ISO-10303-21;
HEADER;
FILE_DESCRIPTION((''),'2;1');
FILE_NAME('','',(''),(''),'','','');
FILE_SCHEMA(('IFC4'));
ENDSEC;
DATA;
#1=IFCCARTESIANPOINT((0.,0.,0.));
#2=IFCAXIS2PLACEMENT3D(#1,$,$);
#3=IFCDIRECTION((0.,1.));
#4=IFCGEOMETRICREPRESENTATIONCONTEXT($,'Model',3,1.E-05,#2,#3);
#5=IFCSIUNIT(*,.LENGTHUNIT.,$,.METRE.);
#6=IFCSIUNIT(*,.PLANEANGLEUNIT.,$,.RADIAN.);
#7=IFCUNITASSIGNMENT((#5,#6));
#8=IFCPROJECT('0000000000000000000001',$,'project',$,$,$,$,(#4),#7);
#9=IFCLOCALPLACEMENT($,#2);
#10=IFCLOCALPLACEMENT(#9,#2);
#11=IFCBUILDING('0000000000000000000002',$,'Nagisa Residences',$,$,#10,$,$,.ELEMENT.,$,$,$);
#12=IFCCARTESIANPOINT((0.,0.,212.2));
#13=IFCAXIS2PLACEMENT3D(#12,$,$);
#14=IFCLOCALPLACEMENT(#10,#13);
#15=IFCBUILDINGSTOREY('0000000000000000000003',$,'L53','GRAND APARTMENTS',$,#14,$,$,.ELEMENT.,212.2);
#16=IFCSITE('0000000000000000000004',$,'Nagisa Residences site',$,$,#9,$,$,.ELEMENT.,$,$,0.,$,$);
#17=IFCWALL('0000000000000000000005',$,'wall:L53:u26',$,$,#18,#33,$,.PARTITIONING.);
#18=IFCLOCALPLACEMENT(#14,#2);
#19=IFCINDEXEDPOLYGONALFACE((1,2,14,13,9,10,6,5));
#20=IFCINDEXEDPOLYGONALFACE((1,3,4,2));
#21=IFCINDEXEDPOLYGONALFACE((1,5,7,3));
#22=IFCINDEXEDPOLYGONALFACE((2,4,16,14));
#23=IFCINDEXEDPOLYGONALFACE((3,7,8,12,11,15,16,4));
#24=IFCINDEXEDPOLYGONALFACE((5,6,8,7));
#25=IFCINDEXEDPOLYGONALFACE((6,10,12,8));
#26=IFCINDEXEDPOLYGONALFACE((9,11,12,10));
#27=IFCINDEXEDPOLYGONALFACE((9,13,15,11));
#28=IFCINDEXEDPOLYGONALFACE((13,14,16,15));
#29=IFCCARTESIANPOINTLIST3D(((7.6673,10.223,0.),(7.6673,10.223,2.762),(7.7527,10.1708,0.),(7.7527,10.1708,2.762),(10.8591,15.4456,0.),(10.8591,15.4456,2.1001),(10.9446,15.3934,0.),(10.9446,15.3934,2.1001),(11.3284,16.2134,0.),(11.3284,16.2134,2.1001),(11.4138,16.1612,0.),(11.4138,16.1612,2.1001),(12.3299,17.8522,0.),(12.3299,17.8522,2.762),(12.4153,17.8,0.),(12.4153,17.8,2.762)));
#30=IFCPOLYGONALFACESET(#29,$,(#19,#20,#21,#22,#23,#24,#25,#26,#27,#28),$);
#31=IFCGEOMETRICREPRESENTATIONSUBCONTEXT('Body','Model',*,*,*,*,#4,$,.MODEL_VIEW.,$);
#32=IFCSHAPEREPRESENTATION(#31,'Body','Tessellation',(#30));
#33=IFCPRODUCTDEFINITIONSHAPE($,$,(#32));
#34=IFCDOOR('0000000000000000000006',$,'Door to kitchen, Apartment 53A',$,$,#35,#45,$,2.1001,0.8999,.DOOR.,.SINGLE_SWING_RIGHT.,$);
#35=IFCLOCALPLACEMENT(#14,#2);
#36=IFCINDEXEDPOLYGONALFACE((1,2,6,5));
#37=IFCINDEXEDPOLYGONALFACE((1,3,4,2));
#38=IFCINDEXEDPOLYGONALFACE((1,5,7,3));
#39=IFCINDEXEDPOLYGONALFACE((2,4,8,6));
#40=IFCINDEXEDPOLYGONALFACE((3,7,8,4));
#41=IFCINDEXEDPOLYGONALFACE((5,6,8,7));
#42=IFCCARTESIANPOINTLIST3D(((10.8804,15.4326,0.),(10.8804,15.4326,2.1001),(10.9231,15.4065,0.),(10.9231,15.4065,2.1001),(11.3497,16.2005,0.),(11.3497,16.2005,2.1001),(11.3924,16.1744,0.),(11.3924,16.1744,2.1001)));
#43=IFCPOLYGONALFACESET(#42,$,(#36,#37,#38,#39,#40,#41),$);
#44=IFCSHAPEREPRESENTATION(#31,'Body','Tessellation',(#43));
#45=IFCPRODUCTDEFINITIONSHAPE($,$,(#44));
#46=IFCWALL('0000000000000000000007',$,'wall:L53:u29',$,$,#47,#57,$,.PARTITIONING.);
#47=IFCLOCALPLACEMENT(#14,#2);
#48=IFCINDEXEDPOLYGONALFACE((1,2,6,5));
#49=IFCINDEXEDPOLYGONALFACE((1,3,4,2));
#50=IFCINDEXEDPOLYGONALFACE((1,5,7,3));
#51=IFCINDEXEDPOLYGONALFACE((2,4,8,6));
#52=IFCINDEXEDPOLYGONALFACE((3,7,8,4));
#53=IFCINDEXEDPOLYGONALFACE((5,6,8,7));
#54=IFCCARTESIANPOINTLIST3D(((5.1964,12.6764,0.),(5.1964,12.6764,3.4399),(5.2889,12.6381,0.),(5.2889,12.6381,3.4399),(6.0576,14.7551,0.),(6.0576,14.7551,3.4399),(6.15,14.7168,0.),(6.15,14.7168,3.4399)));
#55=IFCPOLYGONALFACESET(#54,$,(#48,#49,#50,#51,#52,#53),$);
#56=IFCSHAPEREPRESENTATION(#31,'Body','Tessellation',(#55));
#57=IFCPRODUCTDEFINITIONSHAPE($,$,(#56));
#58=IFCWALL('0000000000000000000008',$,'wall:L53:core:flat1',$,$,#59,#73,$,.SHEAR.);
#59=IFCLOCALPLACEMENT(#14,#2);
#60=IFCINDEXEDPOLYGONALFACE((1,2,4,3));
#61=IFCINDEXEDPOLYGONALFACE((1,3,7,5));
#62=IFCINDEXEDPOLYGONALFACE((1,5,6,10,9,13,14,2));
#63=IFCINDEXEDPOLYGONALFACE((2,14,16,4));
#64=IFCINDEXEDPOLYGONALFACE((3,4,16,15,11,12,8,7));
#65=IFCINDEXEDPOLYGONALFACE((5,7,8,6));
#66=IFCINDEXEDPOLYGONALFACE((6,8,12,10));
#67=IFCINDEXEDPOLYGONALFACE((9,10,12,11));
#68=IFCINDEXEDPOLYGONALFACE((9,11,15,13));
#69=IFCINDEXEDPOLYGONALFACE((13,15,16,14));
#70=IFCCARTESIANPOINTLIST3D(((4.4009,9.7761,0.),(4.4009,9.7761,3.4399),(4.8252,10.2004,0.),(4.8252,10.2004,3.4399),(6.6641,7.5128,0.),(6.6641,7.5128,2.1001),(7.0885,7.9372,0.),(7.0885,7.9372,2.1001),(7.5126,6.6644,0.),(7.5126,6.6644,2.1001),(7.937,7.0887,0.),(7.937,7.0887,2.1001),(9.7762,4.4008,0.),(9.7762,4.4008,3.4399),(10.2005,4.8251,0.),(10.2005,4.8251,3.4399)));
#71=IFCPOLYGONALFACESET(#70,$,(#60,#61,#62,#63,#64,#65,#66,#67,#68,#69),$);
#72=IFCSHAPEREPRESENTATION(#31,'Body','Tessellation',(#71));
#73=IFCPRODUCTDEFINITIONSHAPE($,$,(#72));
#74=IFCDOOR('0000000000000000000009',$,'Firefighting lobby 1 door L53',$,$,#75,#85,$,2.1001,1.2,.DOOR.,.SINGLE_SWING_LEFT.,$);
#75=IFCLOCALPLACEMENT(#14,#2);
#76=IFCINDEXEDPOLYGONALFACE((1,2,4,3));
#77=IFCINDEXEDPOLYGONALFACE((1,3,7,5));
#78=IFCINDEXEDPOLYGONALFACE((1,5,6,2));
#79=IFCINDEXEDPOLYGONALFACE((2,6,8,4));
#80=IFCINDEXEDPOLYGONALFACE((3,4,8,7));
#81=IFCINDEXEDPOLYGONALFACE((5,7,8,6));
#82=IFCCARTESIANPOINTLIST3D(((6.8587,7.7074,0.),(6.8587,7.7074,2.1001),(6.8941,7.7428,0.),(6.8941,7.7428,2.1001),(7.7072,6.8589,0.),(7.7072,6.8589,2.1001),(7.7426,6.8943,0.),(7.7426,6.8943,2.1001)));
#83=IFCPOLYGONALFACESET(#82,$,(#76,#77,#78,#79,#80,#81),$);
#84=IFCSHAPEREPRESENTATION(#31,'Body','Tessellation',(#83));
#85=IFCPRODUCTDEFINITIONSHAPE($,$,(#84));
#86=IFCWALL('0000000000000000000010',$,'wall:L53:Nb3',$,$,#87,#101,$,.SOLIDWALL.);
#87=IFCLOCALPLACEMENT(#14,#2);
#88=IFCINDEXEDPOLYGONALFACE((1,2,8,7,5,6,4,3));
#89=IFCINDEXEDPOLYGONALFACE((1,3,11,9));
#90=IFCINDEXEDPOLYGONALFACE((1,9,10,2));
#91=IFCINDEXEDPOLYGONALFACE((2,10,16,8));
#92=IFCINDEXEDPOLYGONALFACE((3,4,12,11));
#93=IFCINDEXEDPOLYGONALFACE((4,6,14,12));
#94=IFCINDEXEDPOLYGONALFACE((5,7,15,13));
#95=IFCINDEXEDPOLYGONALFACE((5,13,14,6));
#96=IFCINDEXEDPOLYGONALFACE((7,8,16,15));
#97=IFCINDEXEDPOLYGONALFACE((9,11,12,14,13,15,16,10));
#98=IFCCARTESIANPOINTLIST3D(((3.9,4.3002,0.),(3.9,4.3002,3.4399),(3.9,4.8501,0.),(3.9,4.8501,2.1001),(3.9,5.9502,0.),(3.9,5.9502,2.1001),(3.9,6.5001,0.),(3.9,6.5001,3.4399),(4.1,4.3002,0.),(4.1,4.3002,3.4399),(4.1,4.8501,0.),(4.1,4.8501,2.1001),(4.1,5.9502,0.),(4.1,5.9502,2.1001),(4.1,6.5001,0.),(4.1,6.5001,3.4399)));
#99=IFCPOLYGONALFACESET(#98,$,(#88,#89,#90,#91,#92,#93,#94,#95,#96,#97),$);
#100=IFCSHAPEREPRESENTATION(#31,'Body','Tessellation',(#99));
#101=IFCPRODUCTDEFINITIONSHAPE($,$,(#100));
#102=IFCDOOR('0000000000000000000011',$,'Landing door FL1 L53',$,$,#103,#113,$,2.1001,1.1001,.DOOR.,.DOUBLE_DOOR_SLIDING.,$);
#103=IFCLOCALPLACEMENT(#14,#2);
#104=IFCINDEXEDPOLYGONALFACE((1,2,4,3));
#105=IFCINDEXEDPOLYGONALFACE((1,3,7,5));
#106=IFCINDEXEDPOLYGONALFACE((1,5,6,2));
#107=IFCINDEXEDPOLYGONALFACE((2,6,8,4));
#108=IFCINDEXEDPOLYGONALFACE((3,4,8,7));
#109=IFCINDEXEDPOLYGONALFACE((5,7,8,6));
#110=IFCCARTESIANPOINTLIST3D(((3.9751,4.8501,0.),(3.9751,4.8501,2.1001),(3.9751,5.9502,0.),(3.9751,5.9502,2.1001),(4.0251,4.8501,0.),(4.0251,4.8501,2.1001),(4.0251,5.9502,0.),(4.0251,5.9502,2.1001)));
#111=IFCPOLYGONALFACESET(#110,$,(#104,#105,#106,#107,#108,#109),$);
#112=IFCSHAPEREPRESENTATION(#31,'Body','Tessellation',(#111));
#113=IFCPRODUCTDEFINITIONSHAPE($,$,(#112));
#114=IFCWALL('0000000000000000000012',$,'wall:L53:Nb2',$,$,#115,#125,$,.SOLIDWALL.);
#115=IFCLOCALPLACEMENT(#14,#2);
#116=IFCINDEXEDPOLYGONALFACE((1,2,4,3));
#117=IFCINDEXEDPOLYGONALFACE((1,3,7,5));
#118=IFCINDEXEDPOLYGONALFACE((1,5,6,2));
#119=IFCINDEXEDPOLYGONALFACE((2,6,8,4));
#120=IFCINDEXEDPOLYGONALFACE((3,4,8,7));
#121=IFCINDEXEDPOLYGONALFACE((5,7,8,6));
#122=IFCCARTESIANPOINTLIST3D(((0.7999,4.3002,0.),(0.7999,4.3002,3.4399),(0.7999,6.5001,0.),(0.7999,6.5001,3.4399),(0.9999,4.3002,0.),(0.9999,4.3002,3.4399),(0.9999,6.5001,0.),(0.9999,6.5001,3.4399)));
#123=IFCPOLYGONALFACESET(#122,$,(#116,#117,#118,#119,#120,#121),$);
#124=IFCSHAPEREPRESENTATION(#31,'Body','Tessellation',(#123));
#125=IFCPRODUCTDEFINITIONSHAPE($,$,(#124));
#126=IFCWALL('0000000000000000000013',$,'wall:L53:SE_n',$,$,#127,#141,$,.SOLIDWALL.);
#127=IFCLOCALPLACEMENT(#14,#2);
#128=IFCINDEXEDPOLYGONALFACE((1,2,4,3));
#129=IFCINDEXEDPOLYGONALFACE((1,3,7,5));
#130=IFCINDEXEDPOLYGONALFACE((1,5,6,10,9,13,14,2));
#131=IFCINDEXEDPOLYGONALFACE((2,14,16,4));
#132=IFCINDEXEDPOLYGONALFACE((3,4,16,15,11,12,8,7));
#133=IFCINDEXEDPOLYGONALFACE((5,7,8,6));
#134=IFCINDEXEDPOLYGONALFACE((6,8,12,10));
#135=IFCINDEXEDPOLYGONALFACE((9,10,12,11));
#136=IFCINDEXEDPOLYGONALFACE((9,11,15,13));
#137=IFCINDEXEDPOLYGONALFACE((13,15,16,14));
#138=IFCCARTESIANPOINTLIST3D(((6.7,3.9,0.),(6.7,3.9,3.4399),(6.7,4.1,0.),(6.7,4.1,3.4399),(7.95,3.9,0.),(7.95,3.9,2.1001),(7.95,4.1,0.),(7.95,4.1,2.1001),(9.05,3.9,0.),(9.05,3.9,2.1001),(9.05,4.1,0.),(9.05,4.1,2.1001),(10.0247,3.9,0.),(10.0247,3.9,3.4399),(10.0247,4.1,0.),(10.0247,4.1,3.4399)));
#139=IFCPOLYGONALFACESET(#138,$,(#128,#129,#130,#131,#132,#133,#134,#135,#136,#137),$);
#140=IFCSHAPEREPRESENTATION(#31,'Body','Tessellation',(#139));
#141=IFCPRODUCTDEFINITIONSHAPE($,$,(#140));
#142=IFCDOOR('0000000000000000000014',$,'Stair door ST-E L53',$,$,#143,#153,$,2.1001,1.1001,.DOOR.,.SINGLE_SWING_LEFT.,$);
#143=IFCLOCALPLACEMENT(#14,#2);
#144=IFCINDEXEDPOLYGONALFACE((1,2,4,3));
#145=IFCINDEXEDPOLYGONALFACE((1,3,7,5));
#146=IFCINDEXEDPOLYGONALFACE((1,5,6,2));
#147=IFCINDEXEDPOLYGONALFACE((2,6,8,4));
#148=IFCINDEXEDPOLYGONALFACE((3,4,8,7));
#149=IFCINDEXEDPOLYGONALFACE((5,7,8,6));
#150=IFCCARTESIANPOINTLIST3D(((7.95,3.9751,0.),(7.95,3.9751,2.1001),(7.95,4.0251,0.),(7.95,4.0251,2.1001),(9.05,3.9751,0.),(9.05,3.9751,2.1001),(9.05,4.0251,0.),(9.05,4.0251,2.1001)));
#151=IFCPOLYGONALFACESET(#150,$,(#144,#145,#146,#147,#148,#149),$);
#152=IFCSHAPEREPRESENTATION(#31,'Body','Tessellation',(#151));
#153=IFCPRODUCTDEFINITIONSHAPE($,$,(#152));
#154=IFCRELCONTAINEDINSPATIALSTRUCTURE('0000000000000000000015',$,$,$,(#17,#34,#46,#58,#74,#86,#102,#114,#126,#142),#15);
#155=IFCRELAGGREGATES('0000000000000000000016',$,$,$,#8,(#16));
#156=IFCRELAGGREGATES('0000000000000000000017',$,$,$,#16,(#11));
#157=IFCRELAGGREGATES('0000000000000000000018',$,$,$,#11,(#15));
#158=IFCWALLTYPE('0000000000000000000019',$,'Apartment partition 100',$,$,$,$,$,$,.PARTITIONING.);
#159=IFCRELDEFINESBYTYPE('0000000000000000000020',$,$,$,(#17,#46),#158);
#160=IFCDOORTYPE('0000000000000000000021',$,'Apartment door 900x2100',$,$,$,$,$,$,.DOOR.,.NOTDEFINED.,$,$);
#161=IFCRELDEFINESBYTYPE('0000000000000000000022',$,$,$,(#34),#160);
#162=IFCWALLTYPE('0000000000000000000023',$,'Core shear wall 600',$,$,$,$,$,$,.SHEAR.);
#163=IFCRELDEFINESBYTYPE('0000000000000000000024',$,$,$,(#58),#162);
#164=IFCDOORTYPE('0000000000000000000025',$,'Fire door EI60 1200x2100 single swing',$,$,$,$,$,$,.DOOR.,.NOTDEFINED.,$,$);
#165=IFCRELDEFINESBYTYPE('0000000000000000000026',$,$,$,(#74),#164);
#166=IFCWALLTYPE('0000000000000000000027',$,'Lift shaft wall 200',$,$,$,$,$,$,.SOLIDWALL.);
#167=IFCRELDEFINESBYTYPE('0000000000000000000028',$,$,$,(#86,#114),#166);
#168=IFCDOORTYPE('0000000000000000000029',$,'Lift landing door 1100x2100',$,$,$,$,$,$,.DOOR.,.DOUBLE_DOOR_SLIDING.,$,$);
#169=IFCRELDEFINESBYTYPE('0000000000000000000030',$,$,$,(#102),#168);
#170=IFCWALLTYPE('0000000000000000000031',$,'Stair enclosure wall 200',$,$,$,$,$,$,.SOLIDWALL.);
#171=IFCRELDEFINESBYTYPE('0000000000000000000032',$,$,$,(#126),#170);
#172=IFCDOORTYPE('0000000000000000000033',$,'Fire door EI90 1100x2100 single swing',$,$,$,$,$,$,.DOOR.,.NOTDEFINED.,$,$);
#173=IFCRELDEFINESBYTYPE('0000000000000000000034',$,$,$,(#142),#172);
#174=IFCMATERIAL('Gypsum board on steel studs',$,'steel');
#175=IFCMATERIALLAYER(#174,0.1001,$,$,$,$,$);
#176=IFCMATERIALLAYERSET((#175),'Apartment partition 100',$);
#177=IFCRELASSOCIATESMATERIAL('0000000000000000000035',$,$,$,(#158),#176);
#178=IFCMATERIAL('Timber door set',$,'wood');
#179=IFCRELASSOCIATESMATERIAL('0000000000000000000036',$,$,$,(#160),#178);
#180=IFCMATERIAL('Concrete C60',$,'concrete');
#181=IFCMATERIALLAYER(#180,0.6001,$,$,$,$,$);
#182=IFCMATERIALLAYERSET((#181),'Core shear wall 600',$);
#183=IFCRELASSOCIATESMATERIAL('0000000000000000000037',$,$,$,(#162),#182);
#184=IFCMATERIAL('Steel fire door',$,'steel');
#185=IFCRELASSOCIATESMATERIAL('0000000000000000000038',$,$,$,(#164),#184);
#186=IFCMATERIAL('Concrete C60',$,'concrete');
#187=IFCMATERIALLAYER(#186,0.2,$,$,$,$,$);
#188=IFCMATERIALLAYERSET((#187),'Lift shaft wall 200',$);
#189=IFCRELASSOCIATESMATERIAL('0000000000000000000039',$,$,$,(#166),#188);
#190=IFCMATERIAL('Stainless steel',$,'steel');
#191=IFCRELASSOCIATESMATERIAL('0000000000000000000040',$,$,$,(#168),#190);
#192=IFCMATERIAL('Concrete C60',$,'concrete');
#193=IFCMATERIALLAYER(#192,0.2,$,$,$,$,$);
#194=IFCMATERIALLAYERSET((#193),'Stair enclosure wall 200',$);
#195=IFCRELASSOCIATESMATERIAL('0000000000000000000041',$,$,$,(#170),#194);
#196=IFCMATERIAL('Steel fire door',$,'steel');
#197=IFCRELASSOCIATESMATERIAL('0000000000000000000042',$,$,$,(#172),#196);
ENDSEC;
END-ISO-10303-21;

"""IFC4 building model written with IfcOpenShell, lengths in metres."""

from ifc_helpers import new_model, si_unit, direction, frame, frame_2d, origin, place, context, subcontext, project, spatial, rectangle, extrude, material, layer, layer_set, type_object, element, fill, save


model = new_model("IFC4")

# Units and contexts
model_context = context("Model", 3, precision=1e-05, world=origin(), true_north=direction((0.0, 1.0)))
body_context = subcontext(model_context, "Body", "Model", "MODEL_VIEW")
ifc_project = project(units=[si_unit("LENGTHUNIT", "METRE"), si_unit("PLANEANGLEUNIT", "RADIAN")], contexts=[model_context])

# Site, building, storey
site_placement = place(None, origin())
site = spatial("IfcSite", under=ifc_project, at=site_placement, Name="Nagisa Residences site", CompositionType="ELEMENT", RefElevation=0.0)
building_placement = place(site_placement, origin())
building = spatial("IfcBuilding", under=site, at=building_placement, Name="Nagisa Residences", CompositionType="ELEMENT")
storey_placement = place(building_placement, frame((0.0, 0.0, 212.2)))
storey = spatial("IfcBuildingStorey", under=building, at=storey_placement, Name="L53", Description="GRAND APARTMENTS", CompositionType="ELEMENT", Elevation=212.2)

# Shared definitions
ifc_material_1 = material(Name="Gypsum board on steel studs", Category="steel")
ifc_layer_1 = layer(ifc_material_1, 0.1001)
ifc_layer_set_1 = layer_set([ifc_layer_1], Name="Apartment partition 100")
wall_type_1 = type_object("IfcWallType", Name="Apartment partition 100", PredefinedType="PARTITIONING", material=ifc_layer_set_1)
ifc_material_2 = material(Name="Timber door set", Category="wood")
door_type_1 = type_object("IfcDoorType", Name="Apartment door 900x2100", OperationType="NOTDEFINED", PredefinedType="DOOR", material=ifc_material_2)

# Wall, opening, door
wall_1_placement = place(storey_placement, frame((7.71, 10.1968, 0.0), z_axis=(0.0, 0.0, 1.0), x_axis=(0.521478, 0.853265, 0.0)))
wall_1 = element("IfcWall", 1, at=wall_1_placement, inside=storey, type_object=wall_type_1, Name="wall:L53:u26", PredefinedType="PARTITIONING", context=body_context, shape_type="SweptSolid", body=[
    extrude(rectangle(XDim=8.9412, YDim=0.1001, at=frame_2d((4.4707, 0.0))), origin(), (0.0, 0.0, 1.0), 2.762),
])
opening_1_placement = place(wall_1_placement, frame((6.1208, 0.0, 0.0)))
opening_1 = element("IfcOpeningElement", 2, at=opening_1_placement, cuts=wall_1, PredefinedType="OPENING", context=body_context, shape_type="SweptSolid", body=[
    extrude(rectangle(XDim=0.8999, YDim=2.1001, at=frame_2d((0.45, 1.05))), frame((0.0, 0.0601, 0.0), z_axis=(0.0, -1.0, 0.0), x_axis=(1.0, 0.0, 0.0)), (0.0, 0.0, 1.0), 0.1201),
])
door_1_placement = place(opening_1_placement, frame((0.8999, 0.0, 0.0), x_axis=(-1.0, 0.0, 0.0)))
door_1 = element("IfcDoor", 3, at=door_1_placement, inside=storey, type_object=door_type_1, Name="Door to kitchen, Apartment 53A", OperationType="SINGLE_SWING_RIGHT", OverallHeight=2.1001, OverallWidth=0.8999, PredefinedType="DOOR", context=body_context, shape_type="SweptSolid", body=[
    extrude(rectangle(XDim=0.8999, YDim=2.1001, at=frame_2d((0.45, 1.05))), frame((0.0, 0.0249, 0.0), z_axis=(0.0, -1.0, 0.0), x_axis=(1.0, 0.0, 0.0)), (0.0, 0.0, 1.0), 0.05),
])
fill(opening_1, door_1)

# Wall
wall_2_placement = place(storey_placement, frame((5.2427, 12.6572, 0.0), z_axis=(0.0, 0.0, 1.0), x_axis=(0.382719, 0.923865, 0.0)))
element("IfcWall", 4, at=wall_2_placement, inside=storey, type_object=wall_type_1, Name="wall:L53:u29", PredefinedType="PARTITIONING", context=body_context, shape_type="SweptSolid", body=[
    extrude(rectangle(XDim=2.25, YDim=0.1001, at=frame_2d((1.125, 0.0))), origin(), (0.0, 0.0, 1.0), 3.4399),
])

# Walls, openings, doors
ifc_material_3 = material(Name="Concrete C60", Category="concrete")
ifc_layer_2 = layer(ifc_material_3, 0.6001)
ifc_layer_set_2 = layer_set([ifc_layer_2], Name="Core shear wall 600")
wall_type_2 = type_object("IfcWallType", Name="Core shear wall 600", PredefinedType="SHEAR", material=ifc_layer_set_2)
wall_3_placement = place(storey_placement, frame((9.9883, 4.613, 0.0), z_axis=(0.0, 0.0, 1.0), x_axis=(-0.707107, 0.707107, 0.0)))
wall_3 = element("IfcWall", 5, at=wall_3_placement, inside=storey, type_object=wall_type_2, Name="wall:L53:core:flat1", PredefinedType="SHEAR", context=body_context, shape_type="SweptSolid", body=[
    extrude(rectangle(XDim=7.6018, YDim=0.6001, at=frame_2d((3.8008, 0.0))), origin(), (0.0, 0.0, 1.0), 3.4399),
])
opening_2_placement = place(wall_3_placement, frame((3.2009, 0.0, 0.0)))
opening_2 = element("IfcOpeningElement", 6, at=opening_2_placement, cuts=wall_3, PredefinedType="OPENING", context=body_context, shape_type="SweptSolid", body=[
    extrude(rectangle(XDim=1.2, YDim=2.1001, at=frame_2d((0.6001, 1.05))), frame((0.0, 0.3101, 0.0), z_axis=(0.0, -1.0, 0.0), x_axis=(1.0, 0.0, 0.0)), (0.0, 0.0, 1.0), 0.6201),
])
ifc_material_4 = material(Name="Steel fire door", Category="steel")
door_type_2 = type_object("IfcDoorType", Name="Fire door EI60 1200x2100 single swing", OperationType="NOTDEFINED", PredefinedType="DOOR", material=ifc_material_4)
door_2_placement = place(opening_2_placement, origin())
door_2 = element("IfcDoor", 7, at=door_2_placement, inside=storey, type_object=door_type_2, Name="Firefighting lobby 1 door L53", OperationType="SINGLE_SWING_LEFT", OverallHeight=2.1001, OverallWidth=1.2, PredefinedType="DOOR", context=body_context, shape_type="SweptSolid", body=[
    extrude(rectangle(XDim=1.2, YDim=2.1001, at=frame_2d((0.6001, 1.05))), frame((0.0, 0.0249, 0.0), z_axis=(0.0, -1.0, 0.0), x_axis=(1.0, 0.0, 0.0)), (0.0, 0.0, 1.0), 0.05),
])
fill(opening_2, door_2)
ifc_material_5 = material(Name="Concrete C60", Category="concrete")
ifc_layer_3 = layer(ifc_material_5, 0.2)
ifc_layer_set_3 = layer_set([ifc_layer_3], Name="Lift shaft wall 200")
wall_type_3 = type_object("IfcWallType", Name="Lift shaft wall 200", PredefinedType="SOLIDWALL", material=ifc_layer_set_3)
wall_4_placement = place(storey_placement, frame((4.0, 4.3, 0.0), z_axis=(0.0, 0.0, 1.0), x_axis=(0.0, 1.0, 0.0)))
wall_4 = element("IfcWall", 8, at=wall_4_placement, inside=storey, type_object=wall_type_3, Name="wall:L53:Nb3", PredefinedType="SOLIDWALL", context=body_context, shape_type="SweptSolid", body=[
    extrude(rectangle(XDim=2.2, YDim=0.2, at=frame_2d((1.1001, 0.0))), origin(), (0.0, 0.0, 1.0), 3.4399),
])
opening_3_placement = place(wall_4_placement, frame((0.55, 0.0, 0.0)))
opening_3 = element("IfcOpeningElement", 9, at=opening_3_placement, cuts=wall_4, PredefinedType="OPENING", context=body_context, shape_type="SweptSolid", body=[
    extrude(rectangle(XDim=1.1001, YDim=2.1001, at=frame_2d((0.55, 1.05))), frame((0.0, 0.1099, 0.0), z_axis=(0.0, -1.0, 0.0), x_axis=(1.0, 0.0, 0.0)), (0.0, 0.0, 1.0), 0.22),
])
ifc_material_6 = material(Name="Stainless steel", Category="steel")
door_type_3 = type_object("IfcDoorType", Name="Lift landing door 1100x2100", OperationType="DOUBLE_DOOR_SLIDING", PredefinedType="DOOR", material=ifc_material_6)
door_3_placement = place(opening_3_placement, origin())
door_3 = element("IfcDoor", 10, at=door_3_placement, inside=storey, type_object=door_type_3, Name="Landing door FL1 L53", OperationType="DOUBLE_DOOR_SLIDING", OverallHeight=2.1001, OverallWidth=1.1001, PredefinedType="DOOR", context=body_context, shape_type="SweptSolid", body=[
    extrude(rectangle(XDim=1.1001, YDim=2.1001, at=frame_2d((0.55, 1.05))), frame((0.0, 0.0249, 0.0), z_axis=(0.0, -1.0, 0.0), x_axis=(1.0, 0.0, 0.0)), (0.0, 0.0, 1.0), 0.05),
])
fill(opening_3, door_3)

# Wall
wall_5_placement = place(storey_placement, frame((0.8999, 4.3, 0.0), z_axis=(0.0, 0.0, 1.0), x_axis=(0.0, 1.0, 0.0)))
element("IfcWall", 11, at=wall_5_placement, inside=storey, type_object=wall_type_3, Name="wall:L53:Nb2", PredefinedType="SOLIDWALL", context=body_context, shape_type="SweptSolid", body=[
    extrude(rectangle(XDim=2.2, YDim=0.2, at=frame_2d((1.1001, 0.0))), origin(), (0.0, 0.0, 1.0), 3.4399),
])

# Wall, opening, door
ifc_material_7 = material(Name="Concrete C60", Category="concrete")
ifc_layer_4 = layer(ifc_material_7, 0.2)
ifc_layer_set_4 = layer_set([ifc_layer_4], Name="Stair enclosure wall 200")
wall_type_4 = type_object("IfcWallType", Name="Stair enclosure wall 200", PredefinedType="SOLIDWALL", material=ifc_layer_set_4)
wall_6_placement = place(storey_placement, frame((6.7, 4.0, 0.0), z_axis=(0.0, 0.0, 1.0), x_axis=(1.0, 0.0, 0.0)))
wall_6 = element("IfcWall", 12, at=wall_6_placement, inside=storey, type_object=wall_type_4, Name="wall:L53:SE_n", PredefinedType="SOLIDWALL", context=body_context, shape_type="SweptSolid", body=[
    extrude(rectangle(XDim=3.3247, YDim=0.2, at=frame_2d((1.6624, 0.0))), origin(), (0.0, 0.0, 1.0), 3.4399),
])
opening_4_placement = place(wall_6_placement, frame((1.25, 0.0, 0.0)))
opening_4 = element("IfcOpeningElement", 13, at=opening_4_placement, cuts=wall_6, PredefinedType="OPENING", context=body_context, shape_type="SweptSolid", body=[
    extrude(rectangle(XDim=1.1001, YDim=2.1001, at=frame_2d((0.55, 1.05))), frame((0.0, 0.1099, 0.0), z_axis=(0.0, -1.0, 0.0), x_axis=(1.0, 0.0, 0.0)), (0.0, 0.0, 1.0), 0.22),
])
ifc_material_8 = material(Name="Steel fire door", Category="steel")
door_type_4 = type_object("IfcDoorType", Name="Fire door EI90 1100x2100 single swing", OperationType="NOTDEFINED", PredefinedType="DOOR", material=ifc_material_8)
door_4_placement = place(opening_4_placement, frame((1.1001, 0.0, 0.0), x_axis=(-1.0, 0.0, 0.0)))
door_4 = element("IfcDoor", 14, at=door_4_placement, inside=storey, type_object=door_type_4, Name="Stair door ST-E L53", OperationType="SINGLE_SWING_LEFT", OverallHeight=2.1001, OverallWidth=1.1001, PredefinedType="DOOR", context=body_context, shape_type="SweptSolid", body=[
    extrude(rectangle(XDim=1.1001, YDim=2.1001, at=frame_2d((0.55, 1.05))), frame((0.0, 0.0249, 0.0), z_axis=(0.0, -1.0, 0.0), x_axis=(1.0, 0.0, 0.0)), (0.0, 0.0, 1.0), 0.05),
])
fill(opening_4, door_4)

save(model, "model.ifc")
